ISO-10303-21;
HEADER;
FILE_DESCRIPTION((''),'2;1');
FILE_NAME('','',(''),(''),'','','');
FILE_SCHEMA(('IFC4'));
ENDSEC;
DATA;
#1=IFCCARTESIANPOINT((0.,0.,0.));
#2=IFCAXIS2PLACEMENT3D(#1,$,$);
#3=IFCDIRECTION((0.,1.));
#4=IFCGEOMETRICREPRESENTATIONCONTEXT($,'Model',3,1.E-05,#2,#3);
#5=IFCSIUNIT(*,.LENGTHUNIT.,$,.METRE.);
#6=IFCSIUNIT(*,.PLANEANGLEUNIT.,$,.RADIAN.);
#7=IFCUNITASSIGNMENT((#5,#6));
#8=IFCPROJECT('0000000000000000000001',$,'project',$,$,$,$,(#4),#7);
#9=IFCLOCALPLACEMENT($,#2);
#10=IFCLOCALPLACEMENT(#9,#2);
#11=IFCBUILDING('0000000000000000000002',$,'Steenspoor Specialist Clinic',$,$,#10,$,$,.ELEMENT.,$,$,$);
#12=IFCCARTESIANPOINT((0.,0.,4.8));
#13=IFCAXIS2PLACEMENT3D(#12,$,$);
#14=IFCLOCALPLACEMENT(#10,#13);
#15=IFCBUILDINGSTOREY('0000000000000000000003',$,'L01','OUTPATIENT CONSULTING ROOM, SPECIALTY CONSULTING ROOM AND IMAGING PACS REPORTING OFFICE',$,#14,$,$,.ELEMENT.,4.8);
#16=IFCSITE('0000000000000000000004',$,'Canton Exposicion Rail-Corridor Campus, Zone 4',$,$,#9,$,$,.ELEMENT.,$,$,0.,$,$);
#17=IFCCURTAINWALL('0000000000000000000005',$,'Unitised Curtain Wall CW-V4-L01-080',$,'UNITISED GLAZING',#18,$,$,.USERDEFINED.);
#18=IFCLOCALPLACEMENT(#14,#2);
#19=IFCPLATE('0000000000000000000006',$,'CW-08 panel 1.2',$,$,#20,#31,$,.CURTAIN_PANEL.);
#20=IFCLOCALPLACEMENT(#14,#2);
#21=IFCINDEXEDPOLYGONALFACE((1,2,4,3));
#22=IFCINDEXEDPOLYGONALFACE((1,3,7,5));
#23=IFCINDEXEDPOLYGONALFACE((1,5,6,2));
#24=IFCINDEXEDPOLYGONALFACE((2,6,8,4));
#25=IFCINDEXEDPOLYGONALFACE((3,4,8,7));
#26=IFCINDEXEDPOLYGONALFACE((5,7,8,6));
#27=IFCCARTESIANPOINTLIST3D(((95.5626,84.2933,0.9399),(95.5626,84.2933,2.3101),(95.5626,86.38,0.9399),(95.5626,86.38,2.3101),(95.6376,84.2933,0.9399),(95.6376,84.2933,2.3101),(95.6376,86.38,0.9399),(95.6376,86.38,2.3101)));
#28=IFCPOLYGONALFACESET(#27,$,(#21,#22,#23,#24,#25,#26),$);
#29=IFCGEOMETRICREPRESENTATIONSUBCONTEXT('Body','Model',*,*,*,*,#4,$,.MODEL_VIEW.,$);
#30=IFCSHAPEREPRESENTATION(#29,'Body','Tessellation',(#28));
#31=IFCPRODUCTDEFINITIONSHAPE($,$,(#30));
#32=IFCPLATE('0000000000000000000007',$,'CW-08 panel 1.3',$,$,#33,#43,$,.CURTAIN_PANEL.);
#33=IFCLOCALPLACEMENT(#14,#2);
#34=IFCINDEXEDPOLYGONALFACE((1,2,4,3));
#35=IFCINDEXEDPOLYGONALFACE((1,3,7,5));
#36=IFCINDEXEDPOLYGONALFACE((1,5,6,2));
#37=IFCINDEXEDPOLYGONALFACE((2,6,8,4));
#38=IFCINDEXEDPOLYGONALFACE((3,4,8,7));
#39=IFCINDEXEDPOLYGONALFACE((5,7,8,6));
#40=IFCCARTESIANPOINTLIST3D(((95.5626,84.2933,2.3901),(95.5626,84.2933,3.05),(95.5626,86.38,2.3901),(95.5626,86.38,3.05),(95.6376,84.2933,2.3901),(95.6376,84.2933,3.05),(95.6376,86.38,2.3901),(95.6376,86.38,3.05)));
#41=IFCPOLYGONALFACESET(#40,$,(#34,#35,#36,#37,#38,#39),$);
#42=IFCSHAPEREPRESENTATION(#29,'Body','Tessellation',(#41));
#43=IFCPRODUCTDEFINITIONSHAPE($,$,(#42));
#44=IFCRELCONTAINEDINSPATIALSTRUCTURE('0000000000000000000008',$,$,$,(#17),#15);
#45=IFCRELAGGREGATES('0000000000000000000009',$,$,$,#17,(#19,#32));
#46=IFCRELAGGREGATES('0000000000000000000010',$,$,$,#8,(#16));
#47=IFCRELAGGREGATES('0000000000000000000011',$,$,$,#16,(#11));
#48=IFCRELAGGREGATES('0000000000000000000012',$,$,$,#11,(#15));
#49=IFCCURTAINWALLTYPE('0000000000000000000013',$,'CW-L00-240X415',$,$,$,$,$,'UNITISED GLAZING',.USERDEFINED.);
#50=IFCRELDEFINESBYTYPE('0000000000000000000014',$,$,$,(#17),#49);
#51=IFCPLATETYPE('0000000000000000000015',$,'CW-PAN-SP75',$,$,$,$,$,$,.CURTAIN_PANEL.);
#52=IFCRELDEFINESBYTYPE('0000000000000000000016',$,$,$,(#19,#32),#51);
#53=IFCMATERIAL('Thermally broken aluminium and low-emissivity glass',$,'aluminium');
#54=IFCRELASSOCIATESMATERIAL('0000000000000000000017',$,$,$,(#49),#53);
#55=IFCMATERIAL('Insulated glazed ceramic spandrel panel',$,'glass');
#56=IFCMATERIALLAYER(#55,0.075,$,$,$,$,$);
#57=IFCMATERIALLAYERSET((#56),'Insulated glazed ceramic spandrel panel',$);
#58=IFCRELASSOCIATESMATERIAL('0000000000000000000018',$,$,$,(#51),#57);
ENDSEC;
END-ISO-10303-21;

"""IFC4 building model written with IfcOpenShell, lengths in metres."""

from ifc_helpers import new_model, si_unit, direction, frame, origin, origin_2d, place, context, subcontext, project, spatial, rectangle, extrude, material, layer, layer_set, type_object, element, aggregate, save


model = new_model("IFC4")

# Units and contexts
model_context = context("Model", 3, precision=1e-05, world=origin(), true_north=direction((0.0, 1.0)))
body_context = subcontext(model_context, "Body", "Model", "MODEL_VIEW")
ifc_project = project(units=[si_unit("LENGTHUNIT", "METRE"), si_unit("PLANEANGLEUNIT", "RADIAN")], contexts=[model_context])

# Site, building, storey
site_placement = place(None, origin())
site = spatial("IfcSite", under=ifc_project, at=site_placement, Name="Canton Exposicion Rail-Corridor Campus, Zone 4", CompositionType="ELEMENT", RefElevation=0.0)
building_placement = place(site_placement, origin())
building = spatial("IfcBuilding", under=site, at=building_placement, Name="Steenspoor Specialist Clinic", CompositionType="ELEMENT")
storey_placement = place(building_placement, frame((0.0, 0.0, 4.8)))
storey = spatial("IfcBuildingStorey", under=building, at=storey_placement, Name="L01", Description="OUTPATIENT CONSULTING ROOM, SPECIALTY CONSULTING ROOM AND IMAGING PACS REPORTING OFFICE", CompositionType="ELEMENT", Elevation=4.8)

# Curtain wall
ifc_material_1 = material(Name="Thermally broken aluminium and low-emissivity glass", Category="aluminium")
curtain_wall_type_1 = type_object("IfcCurtainWallType", Name="CW-L00-240X415", ElementType="UNITISED GLAZING", PredefinedType="USERDEFINED", material=ifc_material_1)
curtain_wall_1_placement = place(storey_placement, origin())
curtain_wall_1 = element("IfcCurtainWall", 1, at=curtain_wall_1_placement, inside=storey, type_object=curtain_wall_type_1, Name="Unitised Curtain Wall CW-V4-L01-080", ObjectType="UNITISED GLAZING", PredefinedType="USERDEFINED")

# Plates
ifc_material_2 = material(Name="Insulated glazed ceramic spandrel panel", Category="glass")
ifc_layer_1 = layer(ifc_material_2, 0.075)
ifc_layer_set_1 = layer_set([ifc_layer_1], Name="Insulated glazed ceramic spandrel panel")
plate_type_1 = type_object("IfcPlateType", Name="CW-PAN-SP75", PredefinedType="CURTAIN_PANEL", material=ifc_layer_set_1)
plate_1_placement = place(storey_placement, frame((95.6001, 85.3367, 0.9399), z_axis=(0.0, 0.0, 1.0), x_axis=(0.0, -1.0, 0.0)))
plate_1 = element("IfcPlate", 2, at=plate_1_placement, type_object=plate_type_1, Name="CW-08 panel 1.2", PredefinedType="CURTAIN_PANEL", context=body_context, shape_type="SweptSolid", body=[
    extrude(rectangle(XDim=2.0867, YDim=0.075, at=origin_2d()), origin(), (0.0, 0.0, 1.0), 1.3701),
])
plate_2_placement = place(storey_placement, frame((95.6001, 85.3367, 2.3901), z_axis=(0.0, 0.0, 1.0), x_axis=(0.0, -1.0, 0.0)))
plate_2 = element("IfcPlate", 3, at=plate_2_placement, type_object=plate_type_1, Name="CW-08 panel 1.3", PredefinedType="CURTAIN_PANEL", context=body_context, shape_type="SweptSolid", body=[
    extrude(rectangle(XDim=2.0867, YDim=0.075, at=origin_2d()), origin(), (0.0, 0.0, 1.0), 0.6599),
])
aggregate(curtain_wall_1, [plate_1, plate_2])

save(model, "model.ifc")
